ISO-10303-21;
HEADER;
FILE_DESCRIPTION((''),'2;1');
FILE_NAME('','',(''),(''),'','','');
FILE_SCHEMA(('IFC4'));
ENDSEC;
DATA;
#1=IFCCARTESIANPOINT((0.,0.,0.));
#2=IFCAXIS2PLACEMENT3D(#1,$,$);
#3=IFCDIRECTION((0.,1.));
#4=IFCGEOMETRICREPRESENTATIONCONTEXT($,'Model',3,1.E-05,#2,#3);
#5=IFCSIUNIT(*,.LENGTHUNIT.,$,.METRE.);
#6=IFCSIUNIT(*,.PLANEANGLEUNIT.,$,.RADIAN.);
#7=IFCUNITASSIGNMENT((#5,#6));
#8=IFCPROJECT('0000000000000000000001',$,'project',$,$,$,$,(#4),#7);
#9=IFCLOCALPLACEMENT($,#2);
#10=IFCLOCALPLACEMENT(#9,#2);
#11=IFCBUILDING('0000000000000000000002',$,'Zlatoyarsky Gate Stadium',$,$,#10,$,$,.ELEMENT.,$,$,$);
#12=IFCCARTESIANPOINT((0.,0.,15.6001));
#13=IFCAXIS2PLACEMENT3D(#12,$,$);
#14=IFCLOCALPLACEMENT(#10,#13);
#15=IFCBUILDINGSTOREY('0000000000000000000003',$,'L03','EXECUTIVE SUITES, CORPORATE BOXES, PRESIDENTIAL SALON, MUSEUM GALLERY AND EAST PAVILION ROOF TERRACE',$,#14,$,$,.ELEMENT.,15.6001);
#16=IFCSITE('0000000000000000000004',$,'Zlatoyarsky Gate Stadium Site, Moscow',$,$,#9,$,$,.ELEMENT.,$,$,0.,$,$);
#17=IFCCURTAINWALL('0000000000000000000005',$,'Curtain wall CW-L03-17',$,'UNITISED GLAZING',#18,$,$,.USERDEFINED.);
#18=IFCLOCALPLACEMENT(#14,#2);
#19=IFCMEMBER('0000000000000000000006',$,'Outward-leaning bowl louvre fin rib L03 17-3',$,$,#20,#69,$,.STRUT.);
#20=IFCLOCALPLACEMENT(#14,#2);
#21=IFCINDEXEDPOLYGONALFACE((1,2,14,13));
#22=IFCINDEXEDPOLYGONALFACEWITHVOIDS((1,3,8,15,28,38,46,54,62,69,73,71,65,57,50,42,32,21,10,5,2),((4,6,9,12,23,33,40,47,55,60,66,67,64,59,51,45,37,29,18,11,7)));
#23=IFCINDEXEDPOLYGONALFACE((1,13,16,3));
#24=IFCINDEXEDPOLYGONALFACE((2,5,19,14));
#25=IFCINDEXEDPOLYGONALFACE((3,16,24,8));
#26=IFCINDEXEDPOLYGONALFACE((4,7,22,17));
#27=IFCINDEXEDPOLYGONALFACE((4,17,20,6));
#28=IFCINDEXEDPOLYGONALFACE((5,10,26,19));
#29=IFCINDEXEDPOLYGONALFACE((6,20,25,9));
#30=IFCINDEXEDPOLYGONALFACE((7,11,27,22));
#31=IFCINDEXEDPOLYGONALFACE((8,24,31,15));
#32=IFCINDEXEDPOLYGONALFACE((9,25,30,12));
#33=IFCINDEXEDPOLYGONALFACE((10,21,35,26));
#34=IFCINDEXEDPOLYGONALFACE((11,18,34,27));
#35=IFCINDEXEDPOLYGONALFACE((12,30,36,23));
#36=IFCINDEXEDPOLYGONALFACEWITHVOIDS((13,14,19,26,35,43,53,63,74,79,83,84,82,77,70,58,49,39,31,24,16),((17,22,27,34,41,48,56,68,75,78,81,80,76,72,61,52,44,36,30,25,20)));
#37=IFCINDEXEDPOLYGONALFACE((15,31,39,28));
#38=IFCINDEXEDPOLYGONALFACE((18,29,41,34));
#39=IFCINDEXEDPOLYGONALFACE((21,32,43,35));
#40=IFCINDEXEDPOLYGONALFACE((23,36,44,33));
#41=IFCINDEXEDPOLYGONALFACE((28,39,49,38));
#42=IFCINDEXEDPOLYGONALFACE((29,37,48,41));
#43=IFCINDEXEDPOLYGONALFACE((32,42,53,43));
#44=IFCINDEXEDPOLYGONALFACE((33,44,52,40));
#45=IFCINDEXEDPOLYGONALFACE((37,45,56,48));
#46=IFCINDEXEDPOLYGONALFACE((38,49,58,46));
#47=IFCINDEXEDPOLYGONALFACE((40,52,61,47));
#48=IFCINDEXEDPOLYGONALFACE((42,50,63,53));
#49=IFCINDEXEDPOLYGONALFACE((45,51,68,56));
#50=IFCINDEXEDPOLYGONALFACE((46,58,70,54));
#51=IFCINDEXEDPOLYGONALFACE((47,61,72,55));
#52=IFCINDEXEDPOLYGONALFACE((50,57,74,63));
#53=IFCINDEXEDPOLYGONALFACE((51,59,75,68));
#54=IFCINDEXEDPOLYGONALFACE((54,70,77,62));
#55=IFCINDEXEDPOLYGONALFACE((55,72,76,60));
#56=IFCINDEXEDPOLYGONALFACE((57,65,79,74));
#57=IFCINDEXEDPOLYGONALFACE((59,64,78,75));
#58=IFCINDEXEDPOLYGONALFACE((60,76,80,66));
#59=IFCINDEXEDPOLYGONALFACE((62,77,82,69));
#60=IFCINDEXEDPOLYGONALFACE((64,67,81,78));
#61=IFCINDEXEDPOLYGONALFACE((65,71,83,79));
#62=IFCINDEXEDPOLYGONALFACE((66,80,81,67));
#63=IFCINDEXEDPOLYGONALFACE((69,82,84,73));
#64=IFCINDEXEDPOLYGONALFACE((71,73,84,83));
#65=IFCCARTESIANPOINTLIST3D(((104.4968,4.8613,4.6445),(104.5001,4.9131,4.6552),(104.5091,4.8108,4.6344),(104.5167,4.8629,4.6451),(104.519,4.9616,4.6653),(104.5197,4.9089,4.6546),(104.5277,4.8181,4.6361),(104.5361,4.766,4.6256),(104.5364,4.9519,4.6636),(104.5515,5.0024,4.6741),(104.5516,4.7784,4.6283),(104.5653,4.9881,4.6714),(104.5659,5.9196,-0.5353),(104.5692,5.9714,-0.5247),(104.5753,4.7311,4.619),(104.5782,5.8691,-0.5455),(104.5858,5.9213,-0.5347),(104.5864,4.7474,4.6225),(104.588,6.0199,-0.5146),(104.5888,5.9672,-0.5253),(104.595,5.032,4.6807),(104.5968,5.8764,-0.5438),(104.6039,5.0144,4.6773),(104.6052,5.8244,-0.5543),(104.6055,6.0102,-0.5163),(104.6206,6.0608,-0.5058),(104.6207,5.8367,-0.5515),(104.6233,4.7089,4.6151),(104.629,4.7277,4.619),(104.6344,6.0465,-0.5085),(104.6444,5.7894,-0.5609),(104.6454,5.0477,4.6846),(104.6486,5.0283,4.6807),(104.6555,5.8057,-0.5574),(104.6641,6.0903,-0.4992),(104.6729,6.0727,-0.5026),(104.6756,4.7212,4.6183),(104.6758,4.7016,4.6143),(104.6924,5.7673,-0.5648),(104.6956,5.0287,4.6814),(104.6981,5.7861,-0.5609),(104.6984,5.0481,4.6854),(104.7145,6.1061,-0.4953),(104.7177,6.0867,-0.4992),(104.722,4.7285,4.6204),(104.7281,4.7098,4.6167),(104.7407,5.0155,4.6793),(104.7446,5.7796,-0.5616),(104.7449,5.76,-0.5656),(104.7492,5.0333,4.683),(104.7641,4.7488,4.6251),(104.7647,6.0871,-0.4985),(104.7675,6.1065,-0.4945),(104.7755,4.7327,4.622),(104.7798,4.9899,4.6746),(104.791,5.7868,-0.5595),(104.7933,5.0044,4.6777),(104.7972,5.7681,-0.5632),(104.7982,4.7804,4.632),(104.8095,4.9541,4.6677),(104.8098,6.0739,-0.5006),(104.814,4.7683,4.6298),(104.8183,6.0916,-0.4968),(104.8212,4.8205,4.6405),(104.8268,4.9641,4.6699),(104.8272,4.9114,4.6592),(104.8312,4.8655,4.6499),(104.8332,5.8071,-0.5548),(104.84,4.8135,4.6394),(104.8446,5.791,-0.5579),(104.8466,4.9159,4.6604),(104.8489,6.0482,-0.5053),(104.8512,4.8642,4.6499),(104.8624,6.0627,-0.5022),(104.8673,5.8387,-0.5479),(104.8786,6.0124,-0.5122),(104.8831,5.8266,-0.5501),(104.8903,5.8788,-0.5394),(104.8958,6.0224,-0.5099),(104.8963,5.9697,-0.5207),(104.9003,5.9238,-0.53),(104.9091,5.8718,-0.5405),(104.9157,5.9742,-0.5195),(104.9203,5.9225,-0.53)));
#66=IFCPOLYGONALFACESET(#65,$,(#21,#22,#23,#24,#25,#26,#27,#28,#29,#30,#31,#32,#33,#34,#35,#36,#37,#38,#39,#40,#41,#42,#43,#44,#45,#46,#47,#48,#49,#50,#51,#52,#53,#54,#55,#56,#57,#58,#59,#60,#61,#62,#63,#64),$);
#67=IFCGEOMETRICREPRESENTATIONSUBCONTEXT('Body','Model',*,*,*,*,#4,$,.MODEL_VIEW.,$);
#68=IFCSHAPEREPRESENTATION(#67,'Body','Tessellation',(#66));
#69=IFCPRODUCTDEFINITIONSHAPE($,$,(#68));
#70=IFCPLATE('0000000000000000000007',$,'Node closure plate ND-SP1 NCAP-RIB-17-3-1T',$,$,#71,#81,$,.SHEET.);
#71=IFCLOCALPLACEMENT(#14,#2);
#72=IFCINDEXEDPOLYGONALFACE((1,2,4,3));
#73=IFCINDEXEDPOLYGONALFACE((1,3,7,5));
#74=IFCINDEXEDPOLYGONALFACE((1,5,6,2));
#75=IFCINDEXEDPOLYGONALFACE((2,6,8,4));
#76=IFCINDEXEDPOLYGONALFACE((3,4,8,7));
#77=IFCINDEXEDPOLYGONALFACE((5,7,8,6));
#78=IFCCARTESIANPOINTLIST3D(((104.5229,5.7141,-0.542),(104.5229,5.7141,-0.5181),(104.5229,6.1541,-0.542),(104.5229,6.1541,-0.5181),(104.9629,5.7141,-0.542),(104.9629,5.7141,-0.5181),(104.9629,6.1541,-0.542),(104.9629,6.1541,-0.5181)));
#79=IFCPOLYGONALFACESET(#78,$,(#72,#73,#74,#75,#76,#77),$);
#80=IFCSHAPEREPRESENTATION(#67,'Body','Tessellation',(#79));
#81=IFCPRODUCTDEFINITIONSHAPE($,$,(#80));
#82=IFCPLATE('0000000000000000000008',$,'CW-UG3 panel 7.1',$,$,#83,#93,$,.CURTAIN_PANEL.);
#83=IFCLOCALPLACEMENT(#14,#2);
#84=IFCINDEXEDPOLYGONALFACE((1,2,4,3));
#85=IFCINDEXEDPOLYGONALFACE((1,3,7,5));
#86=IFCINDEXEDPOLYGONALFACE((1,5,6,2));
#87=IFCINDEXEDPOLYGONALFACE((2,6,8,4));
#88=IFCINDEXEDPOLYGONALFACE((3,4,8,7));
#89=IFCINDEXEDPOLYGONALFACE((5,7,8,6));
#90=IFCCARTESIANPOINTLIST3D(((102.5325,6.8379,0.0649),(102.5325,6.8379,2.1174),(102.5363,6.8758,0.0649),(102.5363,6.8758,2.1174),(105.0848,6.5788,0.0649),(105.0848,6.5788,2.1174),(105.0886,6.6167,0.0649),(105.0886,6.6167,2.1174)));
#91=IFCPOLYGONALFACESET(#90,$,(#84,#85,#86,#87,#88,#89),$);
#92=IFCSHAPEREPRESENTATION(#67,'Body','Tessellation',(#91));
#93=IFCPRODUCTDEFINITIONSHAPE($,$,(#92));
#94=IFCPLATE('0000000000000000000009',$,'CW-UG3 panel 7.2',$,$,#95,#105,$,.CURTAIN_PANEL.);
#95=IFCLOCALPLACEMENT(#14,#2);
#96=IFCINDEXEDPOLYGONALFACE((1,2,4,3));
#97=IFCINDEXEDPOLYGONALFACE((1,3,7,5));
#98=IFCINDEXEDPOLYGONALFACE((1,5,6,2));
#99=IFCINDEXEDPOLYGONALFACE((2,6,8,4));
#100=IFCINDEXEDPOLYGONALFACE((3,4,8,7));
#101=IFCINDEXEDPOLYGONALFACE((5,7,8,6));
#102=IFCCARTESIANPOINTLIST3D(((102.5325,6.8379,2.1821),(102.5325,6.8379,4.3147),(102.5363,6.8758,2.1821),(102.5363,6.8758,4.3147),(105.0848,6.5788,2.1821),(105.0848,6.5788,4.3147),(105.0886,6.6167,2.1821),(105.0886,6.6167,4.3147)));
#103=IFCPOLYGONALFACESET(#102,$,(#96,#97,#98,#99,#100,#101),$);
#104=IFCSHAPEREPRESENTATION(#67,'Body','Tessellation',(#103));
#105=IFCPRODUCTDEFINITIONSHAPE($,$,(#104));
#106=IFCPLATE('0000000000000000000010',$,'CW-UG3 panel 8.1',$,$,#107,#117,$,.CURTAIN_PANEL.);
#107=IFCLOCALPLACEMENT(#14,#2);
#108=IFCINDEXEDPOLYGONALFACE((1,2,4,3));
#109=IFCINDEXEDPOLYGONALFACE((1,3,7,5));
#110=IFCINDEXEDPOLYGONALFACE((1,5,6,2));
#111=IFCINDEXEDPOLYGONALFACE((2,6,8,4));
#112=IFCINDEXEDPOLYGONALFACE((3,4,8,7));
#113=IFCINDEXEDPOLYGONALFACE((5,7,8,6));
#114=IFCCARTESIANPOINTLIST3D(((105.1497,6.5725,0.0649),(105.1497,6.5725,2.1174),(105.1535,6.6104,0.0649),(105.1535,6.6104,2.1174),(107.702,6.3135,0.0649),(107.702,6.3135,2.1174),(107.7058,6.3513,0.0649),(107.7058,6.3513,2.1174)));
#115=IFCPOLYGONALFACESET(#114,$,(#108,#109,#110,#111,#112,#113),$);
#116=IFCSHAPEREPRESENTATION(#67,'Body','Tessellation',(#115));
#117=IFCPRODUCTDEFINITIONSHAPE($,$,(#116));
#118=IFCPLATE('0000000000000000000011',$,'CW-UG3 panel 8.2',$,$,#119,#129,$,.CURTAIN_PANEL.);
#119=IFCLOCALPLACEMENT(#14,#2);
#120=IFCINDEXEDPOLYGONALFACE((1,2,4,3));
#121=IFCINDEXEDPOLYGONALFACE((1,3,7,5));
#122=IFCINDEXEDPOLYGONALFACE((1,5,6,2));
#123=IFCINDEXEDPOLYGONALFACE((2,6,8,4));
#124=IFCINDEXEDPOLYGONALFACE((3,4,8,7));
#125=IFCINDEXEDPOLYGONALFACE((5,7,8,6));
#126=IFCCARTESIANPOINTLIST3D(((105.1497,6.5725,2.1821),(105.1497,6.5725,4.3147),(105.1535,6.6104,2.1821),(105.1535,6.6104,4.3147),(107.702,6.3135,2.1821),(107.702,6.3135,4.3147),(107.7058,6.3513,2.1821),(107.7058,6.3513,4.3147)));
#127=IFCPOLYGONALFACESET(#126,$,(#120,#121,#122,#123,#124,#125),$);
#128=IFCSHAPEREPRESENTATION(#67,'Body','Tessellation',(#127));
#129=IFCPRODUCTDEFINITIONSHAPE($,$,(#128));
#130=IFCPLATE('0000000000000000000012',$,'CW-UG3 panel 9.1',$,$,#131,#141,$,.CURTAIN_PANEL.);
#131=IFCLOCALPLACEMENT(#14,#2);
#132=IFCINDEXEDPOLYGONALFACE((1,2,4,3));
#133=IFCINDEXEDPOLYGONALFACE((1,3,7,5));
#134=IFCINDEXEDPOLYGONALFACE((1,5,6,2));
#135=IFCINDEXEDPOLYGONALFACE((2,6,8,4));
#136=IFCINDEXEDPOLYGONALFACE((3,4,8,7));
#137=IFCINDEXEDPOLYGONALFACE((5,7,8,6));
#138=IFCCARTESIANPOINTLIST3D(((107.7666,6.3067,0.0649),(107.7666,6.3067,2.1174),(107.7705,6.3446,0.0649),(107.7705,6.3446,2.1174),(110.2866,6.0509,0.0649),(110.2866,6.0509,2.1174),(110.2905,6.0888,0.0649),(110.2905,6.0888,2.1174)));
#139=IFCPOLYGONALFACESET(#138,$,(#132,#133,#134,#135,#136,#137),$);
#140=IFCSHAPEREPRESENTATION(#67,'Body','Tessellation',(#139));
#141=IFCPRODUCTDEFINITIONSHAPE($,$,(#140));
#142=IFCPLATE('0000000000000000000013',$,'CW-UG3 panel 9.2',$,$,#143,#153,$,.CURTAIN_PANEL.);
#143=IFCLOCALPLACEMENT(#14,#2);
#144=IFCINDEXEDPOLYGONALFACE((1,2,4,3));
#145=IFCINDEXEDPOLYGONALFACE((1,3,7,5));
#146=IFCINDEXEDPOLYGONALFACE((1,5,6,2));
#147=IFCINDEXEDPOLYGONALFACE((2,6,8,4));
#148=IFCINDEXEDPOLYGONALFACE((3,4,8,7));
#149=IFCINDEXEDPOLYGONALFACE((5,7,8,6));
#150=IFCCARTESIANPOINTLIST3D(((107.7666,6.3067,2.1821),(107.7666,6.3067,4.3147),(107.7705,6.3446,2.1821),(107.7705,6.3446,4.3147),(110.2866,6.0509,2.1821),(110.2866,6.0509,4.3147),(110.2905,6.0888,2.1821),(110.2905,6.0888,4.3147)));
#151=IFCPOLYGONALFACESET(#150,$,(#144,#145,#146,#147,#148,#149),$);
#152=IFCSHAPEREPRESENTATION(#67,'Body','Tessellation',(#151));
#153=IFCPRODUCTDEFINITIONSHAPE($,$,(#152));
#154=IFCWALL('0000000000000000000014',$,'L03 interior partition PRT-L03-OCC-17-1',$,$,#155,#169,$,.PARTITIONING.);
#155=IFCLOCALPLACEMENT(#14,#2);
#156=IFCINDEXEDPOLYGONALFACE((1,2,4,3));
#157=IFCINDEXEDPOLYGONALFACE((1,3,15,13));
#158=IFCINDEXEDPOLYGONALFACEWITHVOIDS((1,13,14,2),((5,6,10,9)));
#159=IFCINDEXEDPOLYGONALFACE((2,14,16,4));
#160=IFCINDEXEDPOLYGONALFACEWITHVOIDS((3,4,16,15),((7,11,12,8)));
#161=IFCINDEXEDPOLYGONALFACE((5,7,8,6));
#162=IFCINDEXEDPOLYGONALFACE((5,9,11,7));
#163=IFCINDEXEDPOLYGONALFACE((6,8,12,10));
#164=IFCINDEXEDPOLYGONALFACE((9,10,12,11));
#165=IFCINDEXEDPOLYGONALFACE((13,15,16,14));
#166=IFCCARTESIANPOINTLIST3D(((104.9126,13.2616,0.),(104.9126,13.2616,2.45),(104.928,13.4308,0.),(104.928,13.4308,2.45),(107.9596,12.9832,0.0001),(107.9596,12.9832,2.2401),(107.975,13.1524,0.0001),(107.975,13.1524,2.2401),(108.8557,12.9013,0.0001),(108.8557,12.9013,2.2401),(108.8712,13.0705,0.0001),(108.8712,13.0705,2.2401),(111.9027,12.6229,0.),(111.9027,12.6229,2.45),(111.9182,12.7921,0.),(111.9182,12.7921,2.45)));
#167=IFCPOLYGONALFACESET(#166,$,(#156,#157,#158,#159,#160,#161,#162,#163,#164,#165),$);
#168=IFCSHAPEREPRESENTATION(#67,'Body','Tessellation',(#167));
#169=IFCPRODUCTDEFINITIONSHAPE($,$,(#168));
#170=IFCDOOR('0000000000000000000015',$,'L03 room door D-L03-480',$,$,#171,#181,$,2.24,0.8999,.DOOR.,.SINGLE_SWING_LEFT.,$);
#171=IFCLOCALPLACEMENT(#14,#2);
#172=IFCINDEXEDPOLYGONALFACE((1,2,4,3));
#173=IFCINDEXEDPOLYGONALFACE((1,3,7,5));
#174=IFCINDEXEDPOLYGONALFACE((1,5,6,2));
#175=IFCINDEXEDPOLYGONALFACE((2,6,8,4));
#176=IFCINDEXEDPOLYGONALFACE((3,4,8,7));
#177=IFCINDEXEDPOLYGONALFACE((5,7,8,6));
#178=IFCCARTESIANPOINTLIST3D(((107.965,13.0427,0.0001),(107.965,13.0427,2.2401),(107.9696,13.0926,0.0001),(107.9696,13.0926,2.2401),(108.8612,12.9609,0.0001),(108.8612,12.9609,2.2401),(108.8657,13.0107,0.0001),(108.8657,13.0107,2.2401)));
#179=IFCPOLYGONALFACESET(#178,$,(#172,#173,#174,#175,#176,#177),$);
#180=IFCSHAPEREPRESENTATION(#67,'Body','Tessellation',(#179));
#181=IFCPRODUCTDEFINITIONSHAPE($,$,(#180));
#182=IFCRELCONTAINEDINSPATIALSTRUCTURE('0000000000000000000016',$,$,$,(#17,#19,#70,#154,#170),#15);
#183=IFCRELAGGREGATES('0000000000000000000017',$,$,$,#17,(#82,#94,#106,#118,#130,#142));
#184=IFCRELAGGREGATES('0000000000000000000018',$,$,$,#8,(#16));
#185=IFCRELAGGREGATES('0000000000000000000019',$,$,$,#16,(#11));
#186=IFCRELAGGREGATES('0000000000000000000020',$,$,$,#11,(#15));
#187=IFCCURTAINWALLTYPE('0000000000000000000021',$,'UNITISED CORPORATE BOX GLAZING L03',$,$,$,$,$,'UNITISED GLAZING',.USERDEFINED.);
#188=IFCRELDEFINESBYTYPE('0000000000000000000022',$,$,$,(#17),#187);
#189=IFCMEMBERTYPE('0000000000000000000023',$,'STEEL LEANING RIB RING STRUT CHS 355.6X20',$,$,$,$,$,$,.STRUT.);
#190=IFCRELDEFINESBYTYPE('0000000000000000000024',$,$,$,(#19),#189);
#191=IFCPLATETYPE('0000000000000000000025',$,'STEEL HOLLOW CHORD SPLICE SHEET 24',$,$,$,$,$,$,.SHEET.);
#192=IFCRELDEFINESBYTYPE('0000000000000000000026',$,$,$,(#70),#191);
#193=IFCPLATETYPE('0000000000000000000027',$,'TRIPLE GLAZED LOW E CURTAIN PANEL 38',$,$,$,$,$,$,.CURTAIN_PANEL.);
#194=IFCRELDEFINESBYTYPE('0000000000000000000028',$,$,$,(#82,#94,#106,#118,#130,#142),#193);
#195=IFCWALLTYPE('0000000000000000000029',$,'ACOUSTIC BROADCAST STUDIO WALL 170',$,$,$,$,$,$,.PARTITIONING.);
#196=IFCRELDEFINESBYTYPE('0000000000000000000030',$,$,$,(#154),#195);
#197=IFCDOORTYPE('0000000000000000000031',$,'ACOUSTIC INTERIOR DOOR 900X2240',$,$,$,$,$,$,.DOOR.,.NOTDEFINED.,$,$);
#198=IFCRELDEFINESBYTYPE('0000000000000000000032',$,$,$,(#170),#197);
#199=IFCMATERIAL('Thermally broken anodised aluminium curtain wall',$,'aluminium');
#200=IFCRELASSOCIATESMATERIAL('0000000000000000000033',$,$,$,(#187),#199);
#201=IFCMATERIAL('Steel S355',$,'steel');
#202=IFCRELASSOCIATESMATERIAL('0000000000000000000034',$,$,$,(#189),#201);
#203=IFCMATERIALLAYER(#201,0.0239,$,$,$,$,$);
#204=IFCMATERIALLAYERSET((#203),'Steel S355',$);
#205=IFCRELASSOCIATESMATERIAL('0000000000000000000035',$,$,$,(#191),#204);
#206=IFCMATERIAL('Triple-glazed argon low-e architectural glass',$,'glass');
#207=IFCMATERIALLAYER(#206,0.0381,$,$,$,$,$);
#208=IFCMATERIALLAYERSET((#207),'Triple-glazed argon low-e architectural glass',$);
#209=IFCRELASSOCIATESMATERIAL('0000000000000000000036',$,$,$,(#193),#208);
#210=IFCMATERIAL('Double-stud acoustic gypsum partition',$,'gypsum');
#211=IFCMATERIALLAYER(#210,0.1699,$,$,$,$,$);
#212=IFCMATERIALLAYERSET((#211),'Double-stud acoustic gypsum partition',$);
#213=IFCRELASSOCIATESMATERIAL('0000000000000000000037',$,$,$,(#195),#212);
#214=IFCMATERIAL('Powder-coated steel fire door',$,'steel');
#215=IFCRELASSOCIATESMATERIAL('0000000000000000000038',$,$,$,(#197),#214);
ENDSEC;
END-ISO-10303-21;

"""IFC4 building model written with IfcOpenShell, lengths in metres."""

from ifc_helpers import new_model, si_unit, direction, frame, frame_2d, origin, origin_2d, place, context, subcontext, project, spatial, rectangle, hollow_circle, extrude, material, layer, layer_set, material_profile, profile_set, type_object, element, fill, aggregate, save


model = new_model("IFC4")

# Units and contexts
model_context = context("Model", 3, precision=1e-05, world=origin(), true_north=direction((0.0, 1.0)))
body_context = subcontext(model_context, "Body", "Model", "MODEL_VIEW")
ifc_project = project(units=[si_unit("LENGTHUNIT", "METRE"), si_unit("PLANEANGLEUNIT", "RADIAN")], contexts=[model_context])

# Site, building, storey
site_placement = place(None, origin())
site = spatial("IfcSite", under=ifc_project, at=site_placement, Name="Zlatoyarsky Gate Stadium Site, Moscow", CompositionType="ELEMENT", RefElevation=0.0)
building_placement = place(site_placement, origin())
building = spatial("IfcBuilding", under=site, at=building_placement, Name="Zlatoyarsky Gate Stadium", CompositionType="ELEMENT")
storey_placement = place(building_placement, frame((0.0, 0.0, 15.6001)))
storey = spatial("IfcBuildingStorey", under=building, at=storey_placement, Name="L03", Description="EXECUTIVE SUITES, CORPORATE BOXES, PRESIDENTIAL SALON, MUSEUM GALLERY AND EAST PAVILION ROOF TERRACE", CompositionType="ELEMENT", Elevation=15.6001)

# Curtain wall
ifc_material_1 = material(Name="Thermally broken anodised aluminium curtain wall", Category="aluminium")
curtain_wall_type = type_object("IfcCurtainWallType", Name="UNITISED CORPORATE BOX GLAZING L03", ElementType="UNITISED GLAZING", PredefinedType="USERDEFINED", material=ifc_material_1)
curtain_wall_placement = place(storey_placement, origin())
curtain_wall = element("IfcCurtainWall", 1, at=curtain_wall_placement, inside=storey, type_object=curtain_wall_type, Name="Curtain wall CW-L03-17", ObjectType="UNITISED GLAZING", PredefinedType="USERDEFINED")

# Member
ifc_material_2 = material(Name="Steel S355", Category="steel")
ifc_material_profile_1 = material_profile(ifc_material_2, hollow_circle(Radius=0.1777, WallThickness=0.02, at=origin_2d()), Name="CHS 355.6X20")
ifc_profile_set_1 = profile_set([ifc_material_profile_1], Name="Steel S355")
member_type_1 = type_object("IfcMemberType", Name="STEEL LEANING RIB RING STRUT CHS 355.6X20", PredefinedType="STRUT", material=ifc_profile_set_1)
member_1_placement = place(storey_placement, frame((104.7429, 5.9341, -0.53), z_axis=(-0.013067, -0.200165, 0.979675), x_axis=(0.997876, -0.065144, 0.0)))
element("IfcMember", 2, at=member_1_placement, inside=storey, type_object=member_type_1, Name="Outward-leaning bowl louvre fin rib L03 17-3", PredefinedType="STRUT", context=body_context, shape_type="SweptSolid", body=[
    extrude(hollow_circle(Radius=0.1777, WallThickness=0.02, at=origin_2d()), origin(), (0.0, 0.0, 1.0), 5.2874),
])

# Plates
ifc_layer_1 = layer(ifc_material_2, 0.0239)
ifc_layer_set_1 = layer_set([ifc_layer_1], Name="Steel S355")
plate_type_1 = type_object("IfcPlateType", Name="STEEL HOLLOW CHORD SPLICE SHEET 24", PredefinedType="SHEET", material=ifc_layer_set_1)
plate_1_placement = place(storey_placement, frame((104.7429, 5.9341, -0.542), z_axis=(0.0, 0.0, 1.0), x_axis=(1.0, 0.0, 0.0)))
element("IfcPlate", 3, at=plate_1_placement, inside=storey, type_object=plate_type_1, Name="Node closure plate ND-SP1 NCAP-RIB-17-3-1T", PredefinedType="SHEET", context=body_context, shape_type="SweptSolid", body=[
    extrude(rectangle(XDim=0.4399, YDim=0.4399, at=origin_2d()), origin(), (0.0, 0.0, 1.0), 0.0239),
])
ifc_material_3 = material(Name="Triple-glazed argon low-e architectural glass", Category="glass")
ifc_layer_2 = layer(ifc_material_3, 0.0381)
ifc_layer_set_2 = layer_set([ifc_layer_2], Name="Triple-glazed argon low-e architectural glass")
plate_type_2 = type_object("IfcPlateType", Name="TRIPLE GLAZED LOW E CURTAIN PANEL 38", PredefinedType="CURTAIN_PANEL", material=ifc_layer_set_2)
plate_2_placement = place(storey_placement, frame((103.8105, 6.7273, 0.0649), z_axis=(0.0, 0.0, 1.0), x_axis=(0.99489, -0.100968, 0.0)))
plate_2 = element("IfcPlate", 4, at=plate_2_placement, type_object=plate_type_2, Name="CW-UG3 panel 7.1", PredefinedType="CURTAIN_PANEL", context=body_context, shape_type="SweptSolid", body=[
    extrude(rectangle(XDim=2.5654, YDim=0.0381, at=origin_2d()), origin(), (0.0, 0.0, 1.0), 2.0525),
])
plate_3_placement = place(storey_placement, frame((103.8105, 6.7273, 2.1821), z_axis=(0.0, 0.0, 1.0), x_axis=(0.99489, -0.100968, 0.0)))
plate_3 = element("IfcPlate", 5, at=plate_3_placement, type_object=plate_type_2, Name="CW-UG3 panel 7.2", PredefinedType="CURTAIN_PANEL", context=body_context, shape_type="SweptSolid", body=[
    extrude(rectangle(XDim=2.5654, YDim=0.0381, at=origin_2d()), origin(), (0.0, 0.0, 1.0), 2.1326),
])
plate_4_placement = place(storey_placement, frame((106.4277, 6.4619, 0.0649), z_axis=(0.0, 0.0, 1.0), x_axis=(0.99489, -0.100968, 0.0)))
plate_4 = element("IfcPlate", 6, at=plate_4_placement, type_object=plate_type_2, Name="CW-UG3 panel 8.1", PredefinedType="CURTAIN_PANEL", context=body_context, shape_type="SweptSolid", body=[
    extrude(rectangle(XDim=2.5654, YDim=0.0381, at=origin_2d()), origin(), (0.0, 0.0, 1.0), 2.0525),
])
plate_5_placement = place(storey_placement, frame((106.4277, 6.4619, 2.1821), z_axis=(0.0, 0.0, 1.0), x_axis=(0.99489, -0.100968, 0.0)))
plate_5 = element("IfcPlate", 7, at=plate_5_placement, type_object=plate_type_2, Name="CW-UG3 panel 8.2", PredefinedType="CURTAIN_PANEL", context=body_context, shape_type="SweptSolid", body=[
    extrude(rectangle(XDim=2.5654, YDim=0.0381, at=origin_2d()), origin(), (0.0, 0.0, 1.0), 2.1326),
])
plate_6_placement = place(storey_placement, frame((109.0286, 6.1978, 0.0649), z_axis=(0.0, 0.0, 1.0), x_axis=(0.99489, -0.100968, 0.0)))
plate_6 = element("IfcPlate", 8, at=plate_6_placement, type_object=plate_type_2, Name="CW-UG3 panel 9.1", PredefinedType="CURTAIN_PANEL", context=body_context, shape_type="SweptSolid", body=[
    extrude(rectangle(XDim=2.533, YDim=0.0381, at=origin_2d()), origin(), (0.0, 0.0, 1.0), 2.0525),
])
plate_7_placement = place(storey_placement, frame((109.0286, 6.1978, 2.1821), z_axis=(0.0, 0.0, 1.0), x_axis=(0.99489, -0.100968, 0.0)))
plate_7 = element("IfcPlate", 9, at=plate_7_placement, type_object=plate_type_2, Name="CW-UG3 panel 9.2", PredefinedType="CURTAIN_PANEL", context=body_context, shape_type="SweptSolid", body=[
    extrude(rectangle(XDim=2.533, YDim=0.0381, at=origin_2d()), origin(), (0.0, 0.0, 1.0), 2.1326),
])
aggregate(curtain_wall, [plate_2, plate_3, plate_4, plate_5, plate_6, plate_7])

# Wall, opening, door
ifc_material_4 = material(Name="Double-stud acoustic gypsum partition", Category="gypsum")
ifc_layer_3 = layer(ifc_material_4, 0.1699)
ifc_layer_set_3 = layer_set([ifc_layer_3], Name="Double-stud acoustic gypsum partition")
wall_type_1 = type_object("IfcWallType", Name="ACOUSTIC BROADCAST STUDIO WALL 170", PredefinedType="PARTITIONING", material=ifc_layer_set_3)
wall_1_placement = place(storey_placement, frame((104.9202, 13.3462, 0.0), z_axis=(0.0, 0.0, 1.0), x_axis=(0.995852, -0.090987, 0.0)))
wall_1 = element("IfcWall", 10, at=wall_1_placement, inside=storey, type_object=wall_type_1, Name="L03 interior partition PRT-L03-OCC-17-1", PredefinedType="PARTITIONING", context=body_context, shape_type="SweptSolid", body=[
    extrude(rectangle(XDim=7.0193, YDim=0.1699, at=frame_2d((3.5098, 0.0))), origin(), (0.0, 0.0, 1.0), 2.45),
])
opening_placement = place(wall_1_placement, frame((3.0598, 0.0, 0.0)))
opening = element("IfcOpeningElement", 11, at=opening_placement, cuts=wall_1, PredefinedType="OPENING", context=body_context, shape_type="SweptSolid", body=[
    extrude(rectangle(XDim=0.8999, YDim=2.24, at=frame_2d((0.45, 1.1201))), frame((0.0, 0.095, 0.0), z_axis=(0.0, -1.0, 0.0), x_axis=(1.0, 0.0, 0.0)), (0.0, 0.0, 1.0), 0.1899),
])
ifc_material_5 = material(Name="Powder-coated steel fire door", Category="steel")
door_type = type_object("IfcDoorType", Name="ACOUSTIC INTERIOR DOOR 900X2240", OperationType="NOTDEFINED", PredefinedType="DOOR", material=ifc_material_5)
door_placement = place(opening_placement, origin())
door = element("IfcDoor", 12, at=door_placement, inside=storey, type_object=door_type, Name="L03 room door D-L03-480", OperationType="SINGLE_SWING_LEFT", OverallHeight=2.24, OverallWidth=0.8999, PredefinedType="DOOR", context=body_context, shape_type="SweptSolid", body=[
    extrude(rectangle(XDim=0.8999, YDim=2.24, at=frame_2d((0.45, 1.1201))), frame((0.0, 0.0249, 0.0), z_axis=(0.0, -1.0, 0.0), x_axis=(1.0, 0.0, 0.0)), (0.0, 0.0, 1.0), 0.05),
])
fill(opening, door)

save(model, "model.ifc")
